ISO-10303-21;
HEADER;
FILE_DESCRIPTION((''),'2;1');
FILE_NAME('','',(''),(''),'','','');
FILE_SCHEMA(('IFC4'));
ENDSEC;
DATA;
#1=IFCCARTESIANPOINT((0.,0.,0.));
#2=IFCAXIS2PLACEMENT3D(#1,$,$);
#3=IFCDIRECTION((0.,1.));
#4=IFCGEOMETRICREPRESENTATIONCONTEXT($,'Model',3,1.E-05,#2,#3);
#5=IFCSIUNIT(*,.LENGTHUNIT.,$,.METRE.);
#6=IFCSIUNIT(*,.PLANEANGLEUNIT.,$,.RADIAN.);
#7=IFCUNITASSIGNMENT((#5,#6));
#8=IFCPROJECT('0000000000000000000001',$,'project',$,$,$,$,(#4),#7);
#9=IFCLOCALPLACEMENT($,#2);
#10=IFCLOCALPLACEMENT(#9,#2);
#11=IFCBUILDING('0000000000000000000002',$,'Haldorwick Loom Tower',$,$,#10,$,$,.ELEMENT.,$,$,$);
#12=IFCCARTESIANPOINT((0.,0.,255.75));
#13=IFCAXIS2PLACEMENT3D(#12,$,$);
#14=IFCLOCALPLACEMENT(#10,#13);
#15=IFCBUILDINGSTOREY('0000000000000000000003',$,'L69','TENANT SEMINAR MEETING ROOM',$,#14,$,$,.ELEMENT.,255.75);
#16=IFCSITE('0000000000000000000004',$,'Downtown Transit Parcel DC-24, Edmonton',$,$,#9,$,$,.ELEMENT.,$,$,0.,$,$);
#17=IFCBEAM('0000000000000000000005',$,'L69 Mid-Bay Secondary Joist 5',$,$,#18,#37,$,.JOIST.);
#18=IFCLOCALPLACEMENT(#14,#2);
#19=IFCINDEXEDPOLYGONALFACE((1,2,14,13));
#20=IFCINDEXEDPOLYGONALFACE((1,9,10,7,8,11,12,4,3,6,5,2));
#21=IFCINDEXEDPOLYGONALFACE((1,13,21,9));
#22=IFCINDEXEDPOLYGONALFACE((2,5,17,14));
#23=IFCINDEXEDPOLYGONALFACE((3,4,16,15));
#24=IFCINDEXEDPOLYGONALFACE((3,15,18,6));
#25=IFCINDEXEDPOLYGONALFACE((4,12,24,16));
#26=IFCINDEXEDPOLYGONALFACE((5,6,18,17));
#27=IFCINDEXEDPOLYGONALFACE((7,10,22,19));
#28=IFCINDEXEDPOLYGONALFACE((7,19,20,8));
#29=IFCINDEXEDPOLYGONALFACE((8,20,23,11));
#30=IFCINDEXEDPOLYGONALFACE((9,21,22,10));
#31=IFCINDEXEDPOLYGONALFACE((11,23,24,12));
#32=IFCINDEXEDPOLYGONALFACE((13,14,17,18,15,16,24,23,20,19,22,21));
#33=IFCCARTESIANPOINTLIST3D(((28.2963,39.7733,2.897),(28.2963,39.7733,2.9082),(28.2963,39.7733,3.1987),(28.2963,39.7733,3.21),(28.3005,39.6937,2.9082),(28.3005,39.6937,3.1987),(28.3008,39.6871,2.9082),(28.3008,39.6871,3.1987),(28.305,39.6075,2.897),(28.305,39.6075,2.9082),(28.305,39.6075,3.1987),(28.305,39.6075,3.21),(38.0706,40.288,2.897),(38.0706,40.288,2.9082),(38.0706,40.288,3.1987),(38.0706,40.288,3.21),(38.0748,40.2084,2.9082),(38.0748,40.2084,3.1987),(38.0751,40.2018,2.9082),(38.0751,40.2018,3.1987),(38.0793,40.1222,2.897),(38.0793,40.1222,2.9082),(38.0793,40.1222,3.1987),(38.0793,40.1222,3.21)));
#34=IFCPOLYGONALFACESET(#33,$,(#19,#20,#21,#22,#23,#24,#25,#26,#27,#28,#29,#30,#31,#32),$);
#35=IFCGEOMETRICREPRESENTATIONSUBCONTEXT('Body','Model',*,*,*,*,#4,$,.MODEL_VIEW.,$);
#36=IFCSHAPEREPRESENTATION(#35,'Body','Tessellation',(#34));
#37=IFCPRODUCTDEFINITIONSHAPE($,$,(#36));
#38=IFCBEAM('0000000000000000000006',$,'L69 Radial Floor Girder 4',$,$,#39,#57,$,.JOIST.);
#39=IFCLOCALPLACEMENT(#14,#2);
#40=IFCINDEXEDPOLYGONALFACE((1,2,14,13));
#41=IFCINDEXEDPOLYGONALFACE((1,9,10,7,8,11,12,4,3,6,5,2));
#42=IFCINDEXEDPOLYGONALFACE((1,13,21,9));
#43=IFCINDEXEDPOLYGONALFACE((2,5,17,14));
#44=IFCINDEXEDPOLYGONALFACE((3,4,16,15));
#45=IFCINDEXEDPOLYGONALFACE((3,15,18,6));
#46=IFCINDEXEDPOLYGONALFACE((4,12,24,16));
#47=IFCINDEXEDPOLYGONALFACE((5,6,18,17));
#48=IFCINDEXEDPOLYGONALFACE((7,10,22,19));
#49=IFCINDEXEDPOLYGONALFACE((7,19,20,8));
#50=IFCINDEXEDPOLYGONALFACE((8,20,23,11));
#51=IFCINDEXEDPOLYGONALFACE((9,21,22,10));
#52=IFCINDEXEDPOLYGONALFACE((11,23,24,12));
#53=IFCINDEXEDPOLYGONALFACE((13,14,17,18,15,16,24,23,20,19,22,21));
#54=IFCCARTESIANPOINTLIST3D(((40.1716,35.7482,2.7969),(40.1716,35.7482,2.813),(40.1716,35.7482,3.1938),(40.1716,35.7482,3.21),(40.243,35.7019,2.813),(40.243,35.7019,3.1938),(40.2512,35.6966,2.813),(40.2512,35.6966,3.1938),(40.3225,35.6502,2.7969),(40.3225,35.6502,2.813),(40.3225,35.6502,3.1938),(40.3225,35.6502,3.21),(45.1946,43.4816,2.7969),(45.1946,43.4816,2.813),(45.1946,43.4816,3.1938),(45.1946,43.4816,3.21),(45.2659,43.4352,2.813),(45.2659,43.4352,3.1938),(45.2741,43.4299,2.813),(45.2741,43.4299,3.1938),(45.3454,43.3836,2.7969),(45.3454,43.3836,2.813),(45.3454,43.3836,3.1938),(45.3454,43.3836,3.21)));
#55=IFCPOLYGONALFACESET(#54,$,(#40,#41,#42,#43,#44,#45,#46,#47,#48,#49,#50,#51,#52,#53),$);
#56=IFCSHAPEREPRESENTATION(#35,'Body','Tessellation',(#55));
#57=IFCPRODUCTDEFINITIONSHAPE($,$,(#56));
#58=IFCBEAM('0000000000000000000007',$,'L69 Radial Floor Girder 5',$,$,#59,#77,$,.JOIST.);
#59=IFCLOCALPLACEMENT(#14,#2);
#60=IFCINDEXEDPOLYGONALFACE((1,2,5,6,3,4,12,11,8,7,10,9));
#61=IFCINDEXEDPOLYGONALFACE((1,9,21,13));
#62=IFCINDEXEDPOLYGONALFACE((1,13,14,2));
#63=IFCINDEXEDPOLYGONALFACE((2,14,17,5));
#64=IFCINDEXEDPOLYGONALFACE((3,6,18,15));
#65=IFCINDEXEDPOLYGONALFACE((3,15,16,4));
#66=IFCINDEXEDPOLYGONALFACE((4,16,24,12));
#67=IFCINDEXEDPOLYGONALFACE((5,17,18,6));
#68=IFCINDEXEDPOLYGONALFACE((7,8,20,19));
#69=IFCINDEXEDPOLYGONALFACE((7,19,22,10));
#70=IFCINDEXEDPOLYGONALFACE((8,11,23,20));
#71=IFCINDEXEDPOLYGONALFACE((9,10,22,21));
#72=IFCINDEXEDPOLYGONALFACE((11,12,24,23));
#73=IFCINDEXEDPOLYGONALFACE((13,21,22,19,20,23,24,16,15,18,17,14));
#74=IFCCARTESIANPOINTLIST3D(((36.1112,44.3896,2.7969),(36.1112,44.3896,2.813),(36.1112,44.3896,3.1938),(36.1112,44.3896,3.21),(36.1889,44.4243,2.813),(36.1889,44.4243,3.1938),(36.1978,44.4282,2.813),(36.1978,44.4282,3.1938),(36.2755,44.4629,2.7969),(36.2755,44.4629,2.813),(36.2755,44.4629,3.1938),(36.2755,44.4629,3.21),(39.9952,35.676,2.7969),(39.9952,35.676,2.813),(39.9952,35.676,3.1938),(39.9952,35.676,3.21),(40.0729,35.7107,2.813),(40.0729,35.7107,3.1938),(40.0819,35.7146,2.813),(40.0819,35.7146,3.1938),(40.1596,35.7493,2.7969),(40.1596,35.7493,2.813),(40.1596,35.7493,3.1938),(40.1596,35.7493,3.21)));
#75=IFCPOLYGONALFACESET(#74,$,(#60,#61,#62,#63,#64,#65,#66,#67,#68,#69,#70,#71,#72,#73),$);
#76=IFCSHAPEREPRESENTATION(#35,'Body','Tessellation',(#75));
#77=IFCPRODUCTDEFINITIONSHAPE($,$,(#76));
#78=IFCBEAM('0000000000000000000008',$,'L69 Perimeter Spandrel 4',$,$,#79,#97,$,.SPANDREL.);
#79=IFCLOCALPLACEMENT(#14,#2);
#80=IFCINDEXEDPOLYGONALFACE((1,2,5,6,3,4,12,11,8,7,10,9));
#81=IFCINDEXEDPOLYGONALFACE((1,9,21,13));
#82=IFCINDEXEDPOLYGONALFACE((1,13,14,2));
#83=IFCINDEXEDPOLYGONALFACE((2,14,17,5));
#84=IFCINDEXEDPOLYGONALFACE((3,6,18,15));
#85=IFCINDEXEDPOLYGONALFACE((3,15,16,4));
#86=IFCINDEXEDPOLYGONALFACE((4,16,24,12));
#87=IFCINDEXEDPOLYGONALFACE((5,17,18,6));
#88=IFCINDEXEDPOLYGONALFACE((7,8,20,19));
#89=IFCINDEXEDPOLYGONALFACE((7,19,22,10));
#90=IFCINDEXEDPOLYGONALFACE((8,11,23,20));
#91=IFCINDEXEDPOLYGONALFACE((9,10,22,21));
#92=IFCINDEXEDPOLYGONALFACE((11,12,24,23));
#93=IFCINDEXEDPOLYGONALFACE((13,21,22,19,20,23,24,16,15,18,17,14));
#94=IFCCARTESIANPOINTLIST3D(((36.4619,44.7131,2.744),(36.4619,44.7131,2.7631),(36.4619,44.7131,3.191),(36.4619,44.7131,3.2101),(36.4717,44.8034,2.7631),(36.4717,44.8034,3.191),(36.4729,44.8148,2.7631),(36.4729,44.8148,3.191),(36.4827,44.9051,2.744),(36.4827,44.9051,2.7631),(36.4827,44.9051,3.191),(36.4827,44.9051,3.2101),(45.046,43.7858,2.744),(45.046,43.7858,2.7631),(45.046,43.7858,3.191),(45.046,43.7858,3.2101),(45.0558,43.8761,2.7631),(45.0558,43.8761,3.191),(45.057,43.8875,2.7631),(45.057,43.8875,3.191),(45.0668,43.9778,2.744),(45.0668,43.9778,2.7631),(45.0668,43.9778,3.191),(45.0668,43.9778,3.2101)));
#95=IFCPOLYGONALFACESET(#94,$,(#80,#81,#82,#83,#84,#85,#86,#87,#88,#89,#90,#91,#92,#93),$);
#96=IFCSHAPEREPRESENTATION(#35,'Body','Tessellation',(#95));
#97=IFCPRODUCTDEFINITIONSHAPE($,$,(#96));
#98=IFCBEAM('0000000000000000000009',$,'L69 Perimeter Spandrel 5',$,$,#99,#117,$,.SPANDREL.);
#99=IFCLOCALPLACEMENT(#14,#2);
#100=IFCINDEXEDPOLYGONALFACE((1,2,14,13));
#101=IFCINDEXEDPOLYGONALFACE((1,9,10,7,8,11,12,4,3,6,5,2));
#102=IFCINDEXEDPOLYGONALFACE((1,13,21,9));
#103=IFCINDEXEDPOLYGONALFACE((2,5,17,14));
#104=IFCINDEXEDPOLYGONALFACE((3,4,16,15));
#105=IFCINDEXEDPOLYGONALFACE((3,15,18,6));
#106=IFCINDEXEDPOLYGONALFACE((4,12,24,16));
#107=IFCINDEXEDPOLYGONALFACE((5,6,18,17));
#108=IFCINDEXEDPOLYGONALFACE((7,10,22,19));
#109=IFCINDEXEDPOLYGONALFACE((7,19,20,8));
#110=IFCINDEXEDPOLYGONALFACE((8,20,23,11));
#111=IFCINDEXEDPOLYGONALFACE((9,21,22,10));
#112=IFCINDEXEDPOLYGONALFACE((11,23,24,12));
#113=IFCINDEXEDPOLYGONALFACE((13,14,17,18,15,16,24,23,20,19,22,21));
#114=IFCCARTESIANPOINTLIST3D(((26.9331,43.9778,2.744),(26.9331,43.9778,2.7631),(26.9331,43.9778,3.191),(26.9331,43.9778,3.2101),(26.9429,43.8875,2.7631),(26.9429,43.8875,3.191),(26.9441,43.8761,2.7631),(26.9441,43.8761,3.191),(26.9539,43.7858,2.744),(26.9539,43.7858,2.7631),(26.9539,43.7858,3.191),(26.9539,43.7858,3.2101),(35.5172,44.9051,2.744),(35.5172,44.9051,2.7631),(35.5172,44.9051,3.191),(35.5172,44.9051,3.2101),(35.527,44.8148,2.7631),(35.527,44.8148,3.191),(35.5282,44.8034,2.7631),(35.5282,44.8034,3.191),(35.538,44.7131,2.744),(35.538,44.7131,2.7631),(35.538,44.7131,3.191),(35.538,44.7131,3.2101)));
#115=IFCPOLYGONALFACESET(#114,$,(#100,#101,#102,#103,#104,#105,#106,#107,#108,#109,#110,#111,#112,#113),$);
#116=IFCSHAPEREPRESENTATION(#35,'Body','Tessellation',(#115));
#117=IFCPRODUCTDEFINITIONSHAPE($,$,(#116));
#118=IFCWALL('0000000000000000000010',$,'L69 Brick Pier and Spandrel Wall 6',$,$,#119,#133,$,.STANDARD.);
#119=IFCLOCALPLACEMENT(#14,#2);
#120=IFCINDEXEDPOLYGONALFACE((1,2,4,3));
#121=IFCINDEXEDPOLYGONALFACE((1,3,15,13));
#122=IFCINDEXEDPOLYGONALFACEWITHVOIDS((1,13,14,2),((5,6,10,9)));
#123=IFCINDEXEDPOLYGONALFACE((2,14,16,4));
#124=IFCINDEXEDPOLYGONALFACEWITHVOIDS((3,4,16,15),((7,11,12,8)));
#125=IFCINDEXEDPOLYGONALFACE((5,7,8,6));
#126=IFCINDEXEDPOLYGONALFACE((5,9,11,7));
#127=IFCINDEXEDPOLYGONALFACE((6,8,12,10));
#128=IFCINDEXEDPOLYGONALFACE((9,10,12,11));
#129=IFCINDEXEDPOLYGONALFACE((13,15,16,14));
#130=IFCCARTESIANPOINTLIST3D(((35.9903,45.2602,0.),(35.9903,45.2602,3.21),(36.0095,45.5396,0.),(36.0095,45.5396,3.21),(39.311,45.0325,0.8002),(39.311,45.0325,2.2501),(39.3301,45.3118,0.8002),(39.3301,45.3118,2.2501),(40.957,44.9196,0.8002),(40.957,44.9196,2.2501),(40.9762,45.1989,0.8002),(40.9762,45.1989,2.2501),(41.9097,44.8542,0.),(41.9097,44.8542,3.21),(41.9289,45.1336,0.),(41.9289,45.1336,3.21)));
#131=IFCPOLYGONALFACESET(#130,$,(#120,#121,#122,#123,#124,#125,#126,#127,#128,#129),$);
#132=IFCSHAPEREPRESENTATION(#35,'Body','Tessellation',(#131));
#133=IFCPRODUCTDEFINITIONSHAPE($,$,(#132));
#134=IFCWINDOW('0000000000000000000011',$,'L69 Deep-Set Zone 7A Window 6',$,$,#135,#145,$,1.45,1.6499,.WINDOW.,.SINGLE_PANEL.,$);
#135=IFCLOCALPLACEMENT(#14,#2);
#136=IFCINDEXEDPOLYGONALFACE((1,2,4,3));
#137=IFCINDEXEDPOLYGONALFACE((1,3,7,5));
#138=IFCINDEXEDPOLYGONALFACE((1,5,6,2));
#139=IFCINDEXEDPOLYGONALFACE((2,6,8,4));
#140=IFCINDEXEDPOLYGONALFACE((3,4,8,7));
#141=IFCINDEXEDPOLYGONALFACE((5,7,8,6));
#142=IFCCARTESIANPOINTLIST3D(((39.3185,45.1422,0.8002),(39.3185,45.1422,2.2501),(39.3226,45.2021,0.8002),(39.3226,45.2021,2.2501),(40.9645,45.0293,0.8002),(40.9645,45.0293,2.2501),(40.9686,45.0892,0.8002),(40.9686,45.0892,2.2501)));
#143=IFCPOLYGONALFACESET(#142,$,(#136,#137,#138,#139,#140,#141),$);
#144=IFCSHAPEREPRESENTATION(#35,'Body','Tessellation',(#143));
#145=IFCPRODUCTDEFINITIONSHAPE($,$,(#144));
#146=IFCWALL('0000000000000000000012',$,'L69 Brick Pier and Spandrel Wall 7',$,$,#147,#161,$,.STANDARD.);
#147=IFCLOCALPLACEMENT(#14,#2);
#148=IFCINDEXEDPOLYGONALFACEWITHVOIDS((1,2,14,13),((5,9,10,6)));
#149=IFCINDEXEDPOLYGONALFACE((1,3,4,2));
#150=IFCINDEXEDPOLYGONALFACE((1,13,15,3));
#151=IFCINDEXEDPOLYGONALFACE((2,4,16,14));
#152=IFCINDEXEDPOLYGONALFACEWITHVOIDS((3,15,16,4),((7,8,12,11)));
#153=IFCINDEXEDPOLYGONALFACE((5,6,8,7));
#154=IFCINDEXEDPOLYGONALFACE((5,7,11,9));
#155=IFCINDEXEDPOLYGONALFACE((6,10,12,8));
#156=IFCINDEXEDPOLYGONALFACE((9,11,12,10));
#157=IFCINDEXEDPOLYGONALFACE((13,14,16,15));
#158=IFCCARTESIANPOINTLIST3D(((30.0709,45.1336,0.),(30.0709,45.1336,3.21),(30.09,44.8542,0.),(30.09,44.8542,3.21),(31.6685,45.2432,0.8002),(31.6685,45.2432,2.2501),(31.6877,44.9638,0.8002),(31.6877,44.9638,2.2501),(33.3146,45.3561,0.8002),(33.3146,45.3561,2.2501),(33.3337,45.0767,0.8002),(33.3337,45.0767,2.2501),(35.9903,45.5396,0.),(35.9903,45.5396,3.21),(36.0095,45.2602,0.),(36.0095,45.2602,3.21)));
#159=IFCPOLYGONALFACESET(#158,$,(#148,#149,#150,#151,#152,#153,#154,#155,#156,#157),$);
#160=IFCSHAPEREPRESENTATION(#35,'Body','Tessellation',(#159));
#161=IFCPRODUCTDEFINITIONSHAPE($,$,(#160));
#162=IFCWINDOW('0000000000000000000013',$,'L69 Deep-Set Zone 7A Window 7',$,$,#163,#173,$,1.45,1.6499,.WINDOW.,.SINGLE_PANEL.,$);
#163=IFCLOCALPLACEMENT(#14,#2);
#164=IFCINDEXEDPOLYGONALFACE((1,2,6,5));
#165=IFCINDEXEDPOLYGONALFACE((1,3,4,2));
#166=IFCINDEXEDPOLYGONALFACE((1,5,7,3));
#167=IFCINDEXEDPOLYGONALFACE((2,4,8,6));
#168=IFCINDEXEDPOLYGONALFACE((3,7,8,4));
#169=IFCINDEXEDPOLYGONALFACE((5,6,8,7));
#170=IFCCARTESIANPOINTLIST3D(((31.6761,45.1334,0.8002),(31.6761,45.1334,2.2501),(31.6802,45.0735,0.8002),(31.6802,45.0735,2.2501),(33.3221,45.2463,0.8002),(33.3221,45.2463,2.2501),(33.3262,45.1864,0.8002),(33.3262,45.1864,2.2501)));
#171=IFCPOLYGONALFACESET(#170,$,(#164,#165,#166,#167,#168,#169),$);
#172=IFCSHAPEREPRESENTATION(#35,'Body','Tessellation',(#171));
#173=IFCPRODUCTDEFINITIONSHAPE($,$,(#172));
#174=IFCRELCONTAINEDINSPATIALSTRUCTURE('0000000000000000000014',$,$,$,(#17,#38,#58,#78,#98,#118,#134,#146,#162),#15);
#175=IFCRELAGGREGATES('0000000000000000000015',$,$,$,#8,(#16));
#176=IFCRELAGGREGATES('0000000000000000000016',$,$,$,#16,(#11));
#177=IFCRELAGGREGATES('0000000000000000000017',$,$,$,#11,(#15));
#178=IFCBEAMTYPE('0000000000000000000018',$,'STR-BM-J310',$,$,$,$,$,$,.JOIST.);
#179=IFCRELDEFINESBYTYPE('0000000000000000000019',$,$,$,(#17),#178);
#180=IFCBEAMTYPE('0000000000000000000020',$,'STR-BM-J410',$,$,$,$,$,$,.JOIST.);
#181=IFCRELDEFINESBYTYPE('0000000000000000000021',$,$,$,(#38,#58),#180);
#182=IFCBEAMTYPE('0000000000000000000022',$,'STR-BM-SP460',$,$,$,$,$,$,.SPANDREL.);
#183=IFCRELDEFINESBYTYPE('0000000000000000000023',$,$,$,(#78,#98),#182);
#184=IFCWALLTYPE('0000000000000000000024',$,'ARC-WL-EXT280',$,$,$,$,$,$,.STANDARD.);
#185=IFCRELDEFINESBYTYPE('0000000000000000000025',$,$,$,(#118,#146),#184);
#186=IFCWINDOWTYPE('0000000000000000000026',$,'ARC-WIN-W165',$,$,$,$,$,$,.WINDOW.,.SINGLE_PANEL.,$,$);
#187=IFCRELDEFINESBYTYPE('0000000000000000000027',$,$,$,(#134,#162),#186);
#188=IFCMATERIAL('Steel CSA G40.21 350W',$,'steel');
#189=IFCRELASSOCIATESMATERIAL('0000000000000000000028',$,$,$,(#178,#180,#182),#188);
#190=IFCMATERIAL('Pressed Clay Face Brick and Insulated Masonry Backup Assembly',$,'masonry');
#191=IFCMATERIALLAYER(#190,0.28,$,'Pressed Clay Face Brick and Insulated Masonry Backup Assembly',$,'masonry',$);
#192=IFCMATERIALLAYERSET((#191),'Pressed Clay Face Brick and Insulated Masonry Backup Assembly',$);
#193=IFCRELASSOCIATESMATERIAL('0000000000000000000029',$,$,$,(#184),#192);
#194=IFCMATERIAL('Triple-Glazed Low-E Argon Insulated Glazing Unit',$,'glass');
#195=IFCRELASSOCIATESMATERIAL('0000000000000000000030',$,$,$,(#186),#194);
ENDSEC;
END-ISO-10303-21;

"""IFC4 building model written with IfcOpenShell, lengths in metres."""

from ifc_helpers import new_model, si_unit, direction, frame, frame_2d, origin, origin_2d, place, context, subcontext, project, spatial, rectangle, i_section, extrude, material, layer, layer_set, material_profile, profile_set, type_object, element, fill, save


model = new_model("IFC4")

# Units and contexts
model_context = context("Model", 3, precision=1e-05, world=origin(), true_north=direction((0.0, 1.0)))
body_context = subcontext(model_context, "Body", "Model", "MODEL_VIEW")
ifc_project = project(units=[si_unit("LENGTHUNIT", "METRE"), si_unit("PLANEANGLEUNIT", "RADIAN")], contexts=[model_context])

# Site, building, storey
site_placement = place(None, origin())
site = spatial("IfcSite", under=ifc_project, at=site_placement, Name="Downtown Transit Parcel DC-24, Edmonton", CompositionType="ELEMENT", RefElevation=0.0)
building_placement = place(site_placement, origin())
building = spatial("IfcBuilding", under=site, at=building_placement, Name="Haldorwick Loom Tower", CompositionType="ELEMENT")
storey_placement = place(building_placement, frame((0.0, 0.0, 255.75)))
storey = spatial("IfcBuildingStorey", under=building, at=storey_placement, Name="L69", Description="TENANT SEMINAR MEETING ROOM", CompositionType="ELEMENT", Elevation=255.75)

# Shared definitions
ifc_material_1 = material(Name="Steel CSA G40.21 350W", Category="steel")

# Beams
ifc_material_profile_1 = material_profile(ifc_material_1, i_section(OverallWidth=0.166, OverallDepth=0.313, WebThickness=0.0066, FlangeThickness=0.0112, at=origin_2d()), Name="W310X45", Category="steel")
ifc_profile_set_1 = profile_set([ifc_material_profile_1], Name="Steel CSA G40.21 350W")
beam_type_1 = type_object("IfcBeamType", Name="STR-BM-J310", PredefinedType="JOIST", material=ifc_profile_set_1)
beam_1_placement = place(storey_placement, frame((38.075, 40.2051, 3.0535), z_axis=(-0.998617, -0.05258, 0.0), x_axis=(0.05258, -0.998617, 0.0)))
element("IfcBeam", 1, at=beam_1_placement, inside=storey, type_object=beam_type_1, Name="L69 Mid-Bay Secondary Joist 5", PredefinedType="JOIST", context=body_context, shape_type="SweptSolid", body=[
    extrude(i_section(OverallWidth=0.166, OverallDepth=0.313, WebThickness=0.0066, FlangeThickness=0.0112, at=origin_2d()), origin(), (0.0, 0.0, 1.0), 9.7878),
])
ifc_material_profile_2 = material_profile(ifc_material_1, i_section(OverallWidth=0.1799, OverallDepth=0.4131, WebThickness=0.0098, FlangeThickness=0.0161, at=origin_2d()), Name="W410X74", Category="steel")
ifc_profile_set_2 = profile_set([ifc_material_profile_2], Name="Steel CSA G40.21 350W")
beam_type_2 = type_object("IfcBeamType", Name="STR-BM-J410", PredefinedType="JOIST", material=ifc_profile_set_2)
beam_2_placement = place(storey_placement, frame((40.2471, 35.6992, 3.0034), z_axis=(0.544702, 0.83863, 0.0), x_axis=(-0.83863, 0.544702, 0.0)))
element("IfcBeam", 2, at=beam_2_placement, inside=storey, type_object=beam_type_2, Name="L69 Radial Floor Girder 4", PredefinedType="JOIST", context=body_context, shape_type="SweptSolid", body=[
    extrude(i_section(OverallWidth=0.1799, OverallDepth=0.4131, WebThickness=0.0098, FlangeThickness=0.0161, at=origin_2d()), origin(), (0.0, 0.0, 1.0), 9.2214),
])
beam_3_placement = place(storey_placement, frame((40.0774, 35.7126, 3.0034), z_axis=(-0.407128, 0.913371, 0.0), x_axis=(-0.913371, -0.407128, 0.0)))
element("IfcBeam", 3, at=beam_3_placement, inside=storey, type_object=beam_type_2, Name="L69 Radial Floor Girder 5", PredefinedType="JOIST", context=body_context, shape_type="SweptSolid", body=[
    extrude(i_section(OverallWidth=0.1799, OverallDepth=0.4131, WebThickness=0.0098, FlangeThickness=0.0161, at=origin_2d()), origin(), (0.0, 0.0, 1.0), 9.54),
])
ifc_material_profile_3 = material_profile(ifc_material_1, i_section(OverallWidth=0.1931, OverallDepth=0.4661, WebThickness=0.0115, FlangeThickness=0.019, at=origin_2d()), Name="W460X97", Category="steel")
ifc_profile_set_3 = profile_set([ifc_material_profile_3], Name="Steel CSA G40.21 350W")
beam_type_3 = type_object("IfcBeamType", Name="STR-BM-SP460", PredefinedType="SPANDREL", material=ifc_profile_set_3)
for number, where, z_axis, x_axis, name in (
    (4, (45.0564, 43.8818, 2.9771), (-0.994216, 0.107396, 0.0), (-0.107396, -0.994216, 0.0), "L69 Perimeter Spandrel 4"),
    (5, (35.5276, 44.8091, 2.9771), (-0.994216, -0.107396, 0.0), (0.107396, -0.994216, 0.0), "L69 Perimeter Spandrel 5"),
):
    element("IfcBeam", number, at=place(storey_placement, frame(where, z_axis=z_axis, x_axis=x_axis)), inside=storey, type_object=beam_type_3, Name=name, PredefinedType="SPANDREL", context=body_context, shape_type="SweptSolid", body=[
        extrude(i_section(OverallWidth=0.1931, OverallDepth=0.4661, WebThickness=0.0115, FlangeThickness=0.019, at=origin_2d()), origin(), (0.0, 0.0, 1.0), 8.634),
    ])

# Walls, openings, windows
ifc_material_2 = material(Name="Pressed Clay Face Brick and Insulated Masonry Backup Assembly", Category="masonry")
ifc_layer = layer(ifc_material_2, 0.28, Name="Pressed Clay Face Brick and Insulated Masonry Backup Assembly", Category="masonry")
ifc_layer_set = layer_set([ifc_layer], Name="Pressed Clay Face Brick and Insulated Masonry Backup Assembly")
wall_type = type_object("IfcWallType", Name="ARC-WL-EXT280", PredefinedType="STANDARD", material=ifc_layer_set)
wall_1_placement = place(storey_placement, frame((41.9194, 44.9939, 0.0), z_axis=(0.0, 0.0, 1.0), x_axis=(-0.997656, 0.068428, 0.0)))
wall_1 = element("IfcWall", 6, at=wall_1_placement, inside=storey, type_object=wall_type, Name="L69 Brick Pier and Spandrel Wall 6", PredefinedType="STANDARD", context=body_context, shape_type="SweptSolid", body=[
    extrude(rectangle(XDim=5.9333, YDim=0.28, at=frame_2d((2.9668, 0.0))), origin(), (0.0, 0.0, 1.0), 3.21),
])
opening_1_placement = place(wall_1_placement, frame((0.9551, 0.0, 0.8)))
opening_1 = element("IfcOpeningElement", 7, at=opening_1_placement, cuts=wall_1, PredefinedType="OPENING", context=body_context, shape_type="SweptSolid", body=[
    extrude(rectangle(XDim=1.6499, YDim=1.45, at=frame_2d((0.825, 0.7251))), frame((0.0, 0.1499, 0.0), z_axis=(0.0, -1.0, 0.0), x_axis=(1.0, 0.0, 0.0)), (0.0, 0.0, 1.0), 0.3),
])
ifc_material_3 = material(Name="Triple-Glazed Low-E Argon Insulated Glazing Unit", Category="glass")
window_type = type_object("IfcWindowType", Name="ARC-WIN-W165", PartitioningType="SINGLE_PANEL", PredefinedType="WINDOW", material=ifc_material_3)
window_1_placement = place(opening_1_placement, origin())
window_1 = element("IfcWindow", 8, at=window_1_placement, inside=storey, type_object=window_type, Name="L69 Deep-Set Zone 7A Window 6", OverallHeight=1.45, OverallWidth=1.6499, PartitioningType="SINGLE_PANEL", PredefinedType="WINDOW", context=body_context, shape_type="SweptSolid", body=[
    extrude(rectangle(XDim=1.6499, YDim=1.45, at=frame_2d((0.825, 0.7251))), frame((0.0, 0.03, 0.0), z_axis=(0.0, -1.0, 0.0), x_axis=(1.0, 0.0, 0.0)), (0.0, 0.0, 1.0), 0.0601),
])
fill(opening_1, window_1)
wall_2_placement = place(storey_placement, frame((36.0, 45.3999, 0.0), z_axis=(0.0, 0.0, 1.0), x_axis=(-0.997656, -0.068428, 0.0)))
wall_2 = element("IfcWall", 9, at=wall_2_placement, inside=storey, type_object=wall_type, Name="L69 Brick Pier and Spandrel Wall 7", PredefinedType="STANDARD", context=body_context, shape_type="SweptSolid", body=[
    extrude(rectangle(XDim=5.9333, YDim=0.28, at=frame_2d((2.9668, 0.0))), origin(), (0.0, 0.0, 1.0), 3.21),
])
opening_2_placement = place(wall_2_placement, frame((2.6821, 0.0, 0.8)))
opening_2 = element("IfcOpeningElement", 10, at=opening_2_placement, cuts=wall_2, PredefinedType="OPENING", context=body_context, shape_type="SweptSolid", body=[
    extrude(rectangle(XDim=1.6499, YDim=1.45, at=frame_2d((0.825, 0.7251))), frame((0.0, 0.1499, 0.0), z_axis=(0.0, -1.0, 0.0), x_axis=(1.0, 0.0, 0.0)), (0.0, 0.0, 1.0), 0.3),
])
window_2_placement = place(opening_2_placement, origin())
window_2 = element("IfcWindow", 11, at=window_2_placement, inside=storey, type_object=window_type, Name="L69 Deep-Set Zone 7A Window 7", OverallHeight=1.45, OverallWidth=1.6499, PartitioningType="SINGLE_PANEL", PredefinedType="WINDOW", context=body_context, shape_type="SweptSolid", body=[
    extrude(rectangle(XDim=1.6499, YDim=1.45, at=frame_2d((0.825, 0.7251))), frame((0.0, 0.03, 0.0), z_axis=(0.0, -1.0, 0.0), x_axis=(1.0, 0.0, 0.0)), (0.0, 0.0, 1.0), 0.0601),
])
fill(opening_2, window_2)

save(model, "model.ifc")
